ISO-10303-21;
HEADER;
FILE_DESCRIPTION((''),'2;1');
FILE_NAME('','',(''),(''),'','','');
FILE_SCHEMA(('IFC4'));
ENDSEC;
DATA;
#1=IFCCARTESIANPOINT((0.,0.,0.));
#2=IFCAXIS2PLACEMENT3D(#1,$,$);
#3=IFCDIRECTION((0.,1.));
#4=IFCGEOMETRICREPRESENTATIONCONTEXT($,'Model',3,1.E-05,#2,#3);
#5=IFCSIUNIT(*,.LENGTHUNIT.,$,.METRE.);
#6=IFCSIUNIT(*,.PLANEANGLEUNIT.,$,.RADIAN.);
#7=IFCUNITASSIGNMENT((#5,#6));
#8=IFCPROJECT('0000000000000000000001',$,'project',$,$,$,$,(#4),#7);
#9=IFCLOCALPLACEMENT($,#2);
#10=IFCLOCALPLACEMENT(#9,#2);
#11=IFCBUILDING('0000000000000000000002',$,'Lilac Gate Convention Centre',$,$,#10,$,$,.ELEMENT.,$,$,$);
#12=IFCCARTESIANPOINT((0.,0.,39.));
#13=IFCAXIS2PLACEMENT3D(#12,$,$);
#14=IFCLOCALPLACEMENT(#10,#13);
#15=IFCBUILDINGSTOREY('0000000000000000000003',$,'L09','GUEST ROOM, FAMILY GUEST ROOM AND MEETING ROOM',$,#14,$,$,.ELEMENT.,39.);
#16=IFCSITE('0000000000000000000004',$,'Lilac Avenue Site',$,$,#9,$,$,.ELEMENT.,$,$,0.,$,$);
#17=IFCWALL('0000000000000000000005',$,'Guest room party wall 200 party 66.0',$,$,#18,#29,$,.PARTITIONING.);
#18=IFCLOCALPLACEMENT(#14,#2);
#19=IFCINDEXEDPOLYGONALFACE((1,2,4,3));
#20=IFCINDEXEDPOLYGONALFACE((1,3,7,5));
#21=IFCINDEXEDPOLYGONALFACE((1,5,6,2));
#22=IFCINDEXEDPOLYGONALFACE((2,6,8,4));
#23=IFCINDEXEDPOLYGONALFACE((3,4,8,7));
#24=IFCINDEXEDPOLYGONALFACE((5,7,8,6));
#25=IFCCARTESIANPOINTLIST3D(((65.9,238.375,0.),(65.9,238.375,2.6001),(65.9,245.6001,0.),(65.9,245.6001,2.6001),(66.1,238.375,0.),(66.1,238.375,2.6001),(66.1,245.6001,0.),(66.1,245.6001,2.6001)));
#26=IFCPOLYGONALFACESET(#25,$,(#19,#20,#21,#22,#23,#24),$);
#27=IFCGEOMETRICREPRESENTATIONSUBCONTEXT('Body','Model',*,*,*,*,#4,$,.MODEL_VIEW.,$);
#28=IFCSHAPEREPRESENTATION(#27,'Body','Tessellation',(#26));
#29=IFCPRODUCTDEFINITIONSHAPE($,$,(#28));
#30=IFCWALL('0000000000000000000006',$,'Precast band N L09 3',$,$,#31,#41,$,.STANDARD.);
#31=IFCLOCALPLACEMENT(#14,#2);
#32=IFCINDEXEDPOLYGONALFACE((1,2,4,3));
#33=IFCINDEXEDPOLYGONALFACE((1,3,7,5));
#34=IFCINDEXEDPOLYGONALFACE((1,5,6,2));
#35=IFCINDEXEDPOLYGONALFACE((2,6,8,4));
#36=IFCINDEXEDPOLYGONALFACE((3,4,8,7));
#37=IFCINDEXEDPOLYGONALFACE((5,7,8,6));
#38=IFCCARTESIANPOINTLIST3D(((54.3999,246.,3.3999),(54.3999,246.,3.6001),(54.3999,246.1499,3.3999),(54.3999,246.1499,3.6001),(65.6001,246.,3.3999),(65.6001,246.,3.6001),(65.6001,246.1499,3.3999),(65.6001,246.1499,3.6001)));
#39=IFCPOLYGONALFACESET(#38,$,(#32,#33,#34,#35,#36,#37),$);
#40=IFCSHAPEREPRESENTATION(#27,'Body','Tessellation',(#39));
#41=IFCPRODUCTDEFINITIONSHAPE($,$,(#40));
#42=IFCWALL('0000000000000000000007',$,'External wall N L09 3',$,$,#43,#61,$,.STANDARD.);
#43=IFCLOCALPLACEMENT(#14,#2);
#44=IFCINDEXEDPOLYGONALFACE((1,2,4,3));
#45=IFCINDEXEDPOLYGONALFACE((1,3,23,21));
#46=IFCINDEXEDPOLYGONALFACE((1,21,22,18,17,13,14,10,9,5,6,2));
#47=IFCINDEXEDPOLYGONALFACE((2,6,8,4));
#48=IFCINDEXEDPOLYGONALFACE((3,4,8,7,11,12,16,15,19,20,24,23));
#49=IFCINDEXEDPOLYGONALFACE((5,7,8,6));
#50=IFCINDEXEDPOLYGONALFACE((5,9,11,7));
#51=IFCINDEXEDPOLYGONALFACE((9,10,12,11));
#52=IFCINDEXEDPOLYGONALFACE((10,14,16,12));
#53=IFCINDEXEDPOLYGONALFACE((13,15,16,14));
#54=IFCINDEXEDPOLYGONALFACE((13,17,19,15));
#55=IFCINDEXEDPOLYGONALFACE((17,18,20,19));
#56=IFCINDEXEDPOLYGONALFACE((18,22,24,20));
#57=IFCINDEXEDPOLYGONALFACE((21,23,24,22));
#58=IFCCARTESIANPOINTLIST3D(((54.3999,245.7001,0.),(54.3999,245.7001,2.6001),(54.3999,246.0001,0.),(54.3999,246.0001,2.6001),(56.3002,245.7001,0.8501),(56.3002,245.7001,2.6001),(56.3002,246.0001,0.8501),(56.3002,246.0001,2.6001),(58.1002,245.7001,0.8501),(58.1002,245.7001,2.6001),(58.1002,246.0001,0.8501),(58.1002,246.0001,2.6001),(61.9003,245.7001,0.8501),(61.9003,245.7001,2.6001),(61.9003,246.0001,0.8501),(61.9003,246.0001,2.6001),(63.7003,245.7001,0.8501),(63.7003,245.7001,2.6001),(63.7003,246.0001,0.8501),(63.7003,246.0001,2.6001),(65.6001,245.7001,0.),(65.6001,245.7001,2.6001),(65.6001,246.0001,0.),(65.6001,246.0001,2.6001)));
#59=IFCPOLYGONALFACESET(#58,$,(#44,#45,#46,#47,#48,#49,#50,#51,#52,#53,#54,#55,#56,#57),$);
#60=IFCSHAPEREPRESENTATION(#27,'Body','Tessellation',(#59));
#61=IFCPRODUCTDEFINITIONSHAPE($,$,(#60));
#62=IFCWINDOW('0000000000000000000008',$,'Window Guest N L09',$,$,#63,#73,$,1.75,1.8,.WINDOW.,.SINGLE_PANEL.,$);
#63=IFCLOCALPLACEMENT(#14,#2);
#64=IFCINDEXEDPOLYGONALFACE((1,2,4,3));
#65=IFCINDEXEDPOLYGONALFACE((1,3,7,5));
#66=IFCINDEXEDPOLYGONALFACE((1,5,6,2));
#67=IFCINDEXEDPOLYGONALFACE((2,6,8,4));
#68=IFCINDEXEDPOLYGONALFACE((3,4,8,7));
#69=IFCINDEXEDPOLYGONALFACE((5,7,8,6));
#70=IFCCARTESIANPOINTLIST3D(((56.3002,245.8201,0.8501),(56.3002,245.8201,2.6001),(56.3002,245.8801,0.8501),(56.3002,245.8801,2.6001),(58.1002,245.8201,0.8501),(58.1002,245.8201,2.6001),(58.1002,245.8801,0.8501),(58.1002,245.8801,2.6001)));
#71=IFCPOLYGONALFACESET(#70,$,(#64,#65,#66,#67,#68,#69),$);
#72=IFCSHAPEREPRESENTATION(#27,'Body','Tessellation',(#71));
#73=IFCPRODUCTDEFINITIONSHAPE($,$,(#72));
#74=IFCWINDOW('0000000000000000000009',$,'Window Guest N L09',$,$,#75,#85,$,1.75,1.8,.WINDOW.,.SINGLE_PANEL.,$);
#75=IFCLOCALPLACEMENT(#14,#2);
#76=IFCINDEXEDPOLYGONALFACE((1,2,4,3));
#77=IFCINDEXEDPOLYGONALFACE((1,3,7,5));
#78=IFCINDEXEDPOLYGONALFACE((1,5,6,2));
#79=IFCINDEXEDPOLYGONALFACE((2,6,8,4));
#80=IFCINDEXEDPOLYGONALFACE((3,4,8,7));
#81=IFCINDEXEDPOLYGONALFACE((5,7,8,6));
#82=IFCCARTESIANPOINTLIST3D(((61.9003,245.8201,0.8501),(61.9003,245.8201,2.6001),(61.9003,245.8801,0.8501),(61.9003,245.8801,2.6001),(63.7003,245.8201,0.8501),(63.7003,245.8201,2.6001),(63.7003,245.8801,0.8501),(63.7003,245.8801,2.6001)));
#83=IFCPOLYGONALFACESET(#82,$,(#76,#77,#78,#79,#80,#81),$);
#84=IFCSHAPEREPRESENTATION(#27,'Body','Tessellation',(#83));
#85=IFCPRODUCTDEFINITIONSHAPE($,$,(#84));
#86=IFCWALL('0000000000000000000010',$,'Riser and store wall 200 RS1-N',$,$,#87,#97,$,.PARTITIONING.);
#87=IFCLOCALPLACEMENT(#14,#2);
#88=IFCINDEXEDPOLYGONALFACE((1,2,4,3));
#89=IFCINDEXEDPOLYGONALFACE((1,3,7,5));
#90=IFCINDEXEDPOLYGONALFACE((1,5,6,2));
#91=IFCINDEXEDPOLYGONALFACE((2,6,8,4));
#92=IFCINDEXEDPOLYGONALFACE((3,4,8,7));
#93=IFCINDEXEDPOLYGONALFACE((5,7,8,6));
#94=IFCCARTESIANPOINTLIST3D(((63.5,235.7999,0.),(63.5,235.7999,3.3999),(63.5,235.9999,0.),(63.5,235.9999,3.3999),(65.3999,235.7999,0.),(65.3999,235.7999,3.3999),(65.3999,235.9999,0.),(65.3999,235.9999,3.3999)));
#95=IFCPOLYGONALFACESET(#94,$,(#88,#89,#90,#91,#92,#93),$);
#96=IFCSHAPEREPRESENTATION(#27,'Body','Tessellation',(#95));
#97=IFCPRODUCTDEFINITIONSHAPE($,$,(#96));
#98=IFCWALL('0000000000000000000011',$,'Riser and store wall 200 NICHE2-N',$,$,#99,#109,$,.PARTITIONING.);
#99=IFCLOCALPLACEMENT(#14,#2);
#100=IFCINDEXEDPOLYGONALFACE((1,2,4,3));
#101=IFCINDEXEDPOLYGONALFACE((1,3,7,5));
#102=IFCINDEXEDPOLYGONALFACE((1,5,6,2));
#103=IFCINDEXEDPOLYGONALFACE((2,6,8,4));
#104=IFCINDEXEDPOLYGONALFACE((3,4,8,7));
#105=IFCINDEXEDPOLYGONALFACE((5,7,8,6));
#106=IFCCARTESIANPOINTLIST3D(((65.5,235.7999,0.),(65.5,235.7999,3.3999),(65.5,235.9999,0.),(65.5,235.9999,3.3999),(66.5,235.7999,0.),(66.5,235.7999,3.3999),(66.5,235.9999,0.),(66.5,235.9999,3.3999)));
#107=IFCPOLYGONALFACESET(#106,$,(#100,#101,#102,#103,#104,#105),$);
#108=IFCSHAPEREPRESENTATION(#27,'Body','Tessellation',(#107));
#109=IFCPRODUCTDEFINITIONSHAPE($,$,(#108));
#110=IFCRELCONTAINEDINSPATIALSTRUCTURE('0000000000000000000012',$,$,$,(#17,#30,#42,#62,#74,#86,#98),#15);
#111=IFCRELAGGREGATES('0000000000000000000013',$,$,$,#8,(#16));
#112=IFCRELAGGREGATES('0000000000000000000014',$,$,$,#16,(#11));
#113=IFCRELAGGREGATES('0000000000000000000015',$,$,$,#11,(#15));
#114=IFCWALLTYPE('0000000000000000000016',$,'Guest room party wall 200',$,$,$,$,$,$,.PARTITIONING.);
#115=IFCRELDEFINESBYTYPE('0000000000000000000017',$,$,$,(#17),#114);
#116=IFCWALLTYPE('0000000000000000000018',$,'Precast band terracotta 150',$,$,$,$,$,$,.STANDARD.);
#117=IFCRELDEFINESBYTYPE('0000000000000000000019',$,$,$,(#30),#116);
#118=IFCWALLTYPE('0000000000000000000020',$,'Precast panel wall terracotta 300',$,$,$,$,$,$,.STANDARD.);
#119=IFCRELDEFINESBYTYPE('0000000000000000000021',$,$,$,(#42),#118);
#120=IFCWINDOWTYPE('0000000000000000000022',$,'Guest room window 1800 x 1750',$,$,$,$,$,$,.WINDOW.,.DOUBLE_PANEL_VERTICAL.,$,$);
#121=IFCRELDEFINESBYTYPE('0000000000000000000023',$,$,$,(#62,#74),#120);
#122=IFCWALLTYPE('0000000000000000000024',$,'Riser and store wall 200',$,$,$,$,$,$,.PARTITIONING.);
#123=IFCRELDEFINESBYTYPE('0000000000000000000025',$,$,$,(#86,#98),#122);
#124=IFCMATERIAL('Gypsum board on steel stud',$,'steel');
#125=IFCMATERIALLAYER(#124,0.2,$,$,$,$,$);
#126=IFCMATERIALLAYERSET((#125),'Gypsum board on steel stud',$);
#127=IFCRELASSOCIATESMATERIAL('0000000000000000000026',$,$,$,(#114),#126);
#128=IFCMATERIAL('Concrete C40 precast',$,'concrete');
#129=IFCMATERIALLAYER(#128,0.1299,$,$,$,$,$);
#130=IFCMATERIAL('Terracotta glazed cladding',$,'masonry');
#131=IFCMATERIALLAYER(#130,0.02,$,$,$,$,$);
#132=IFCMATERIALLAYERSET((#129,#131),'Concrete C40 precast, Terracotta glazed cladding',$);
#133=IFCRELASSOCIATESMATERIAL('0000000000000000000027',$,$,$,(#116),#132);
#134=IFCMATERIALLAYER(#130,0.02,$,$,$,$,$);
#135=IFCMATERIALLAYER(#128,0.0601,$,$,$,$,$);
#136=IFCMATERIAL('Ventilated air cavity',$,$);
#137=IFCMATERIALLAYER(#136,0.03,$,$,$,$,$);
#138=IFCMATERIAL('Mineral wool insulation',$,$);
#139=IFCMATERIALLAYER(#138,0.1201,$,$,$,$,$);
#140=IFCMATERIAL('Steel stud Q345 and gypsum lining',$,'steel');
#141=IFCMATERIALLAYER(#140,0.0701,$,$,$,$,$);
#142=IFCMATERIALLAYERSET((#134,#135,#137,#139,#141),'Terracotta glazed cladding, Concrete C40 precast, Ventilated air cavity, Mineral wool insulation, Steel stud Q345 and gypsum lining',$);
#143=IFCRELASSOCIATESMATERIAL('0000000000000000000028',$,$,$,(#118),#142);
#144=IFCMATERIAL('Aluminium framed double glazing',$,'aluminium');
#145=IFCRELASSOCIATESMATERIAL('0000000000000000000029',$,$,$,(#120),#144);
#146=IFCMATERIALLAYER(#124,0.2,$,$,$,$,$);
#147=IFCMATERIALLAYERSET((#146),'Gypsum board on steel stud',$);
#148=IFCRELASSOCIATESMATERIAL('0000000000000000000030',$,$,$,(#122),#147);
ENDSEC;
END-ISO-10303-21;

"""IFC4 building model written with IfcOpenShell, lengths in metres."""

from ifc_helpers import new_model, si_unit, direction, frame, frame_2d, origin, place, context, subcontext, project, spatial, rectangle, extrude, material, layer, layer_set, type_object, element, fill, save


model = new_model("IFC4")

# Units and contexts
model_context = context("Model", 3, precision=1e-05, world=origin(), true_north=direction((0.0, 1.0)))
body_context = subcontext(model_context, "Body", "Model", "MODEL_VIEW")
ifc_project = project(units=[si_unit("LENGTHUNIT", "METRE"), si_unit("PLANEANGLEUNIT", "RADIAN")], contexts=[model_context])

# Site, building, storey
site_placement = place(None, origin())
site = spatial("IfcSite", under=ifc_project, at=site_placement, Name="Lilac Avenue Site", CompositionType="ELEMENT", RefElevation=0.0)
building_placement = place(site_placement, origin())
building = spatial("IfcBuilding", under=site, at=building_placement, Name="Lilac Gate Convention Centre", CompositionType="ELEMENT")
storey_placement = place(building_placement, frame((0.0, 0.0, 39.0)))
storey = spatial("IfcBuildingStorey", under=building, at=storey_placement, Name="L09", Description="GUEST ROOM, FAMILY GUEST ROOM AND MEETING ROOM", CompositionType="ELEMENT", Elevation=39.0)

# Shared definitions
ifc_material_1 = material(Name="Gypsum board on steel stud", Category="steel")

# Walls
ifc_layer_1 = layer(ifc_material_1, 0.2)
ifc_layer_set_1 = layer_set([ifc_layer_1], Name="Gypsum board on steel stud")
wall_type_1 = type_object("IfcWallType", Name="Guest room party wall 200", PredefinedType="PARTITIONING", material=ifc_layer_set_1)
wall_1_placement = place(storey_placement, frame((66.0, 245.6001, 0.0), z_axis=(0.0, 0.0, 1.0), x_axis=(0.0, -1.0, 0.0)))
element("IfcWall", 1, at=wall_1_placement, inside=storey, type_object=wall_type_1, Name="Guest room party wall 200 party 66.0", PredefinedType="PARTITIONING", context=body_context, shape_type="SweptSolid", body=[
    extrude(rectangle(XDim=7.2251, YDim=0.2, at=frame_2d((3.6125, 0.0))), origin(), (0.0, 0.0, 1.0), 2.6001),
])
ifc_material_2 = material(Name="Concrete C40 precast", Category="concrete")
ifc_layer_2 = layer(ifc_material_2, 0.1299)
ifc_material_3 = material(Name="Terracotta glazed cladding", Category="masonry")
ifc_layer_3 = layer(ifc_material_3, 0.02)
ifc_layer_set_2 = layer_set([ifc_layer_2, ifc_layer_3], Name="Concrete C40 precast, Terracotta glazed cladding")
wall_type_2 = type_object("IfcWallType", Name="Precast band terracotta 150", PredefinedType="STANDARD", material=ifc_layer_set_2)
wall_2_placement = place(storey_placement, frame((65.6001, 246.075, 3.3999), z_axis=(0.0, 0.0, 1.0), x_axis=(-1.0, 0.0, 0.0)))
element("IfcWall", 2, at=wall_2_placement, inside=storey, type_object=wall_type_2, Name="Precast band N L09 3", PredefinedType="STANDARD", context=body_context, shape_type="SweptSolid", body=[
    extrude(rectangle(XDim=11.2002, YDim=0.1499, at=frame_2d((5.6001, 0.0))), origin(), (0.0, 0.0, 1.0), 0.2002),
])

# Wall, openings, windows
ifc_layer_4 = layer(ifc_material_3, 0.02)
ifc_layer_5 = layer(ifc_material_2, 0.0601)
ifc_material_4 = material(Name="Ventilated air cavity")
ifc_layer_6 = layer(ifc_material_4, 0.03)
ifc_material_5 = material(Name="Mineral wool insulation")
ifc_layer_7 = layer(ifc_material_5, 0.1201)
ifc_material_6 = material(Name="Steel stud Q345 and gypsum lining", Category="steel")
ifc_layer_8 = layer(ifc_material_6, 0.0701)
ifc_layer_set_3 = layer_set([ifc_layer_4, ifc_layer_5, ifc_layer_6, ifc_layer_7, ifc_layer_8], Name="Terracotta glazed cladding, Concrete C40 precast, Ventilated air cavity, Mineral wool insulation, Steel stud Q345 and gypsum lining")
wall_type_3 = type_object("IfcWallType", Name="Precast panel wall terracotta 300", PredefinedType="STANDARD", material=ifc_layer_set_3)
wall_3_placement = place(storey_placement, frame((65.6001, 245.8501, 0.0), z_axis=(0.0, 0.0, 1.0), x_axis=(-1.0, 0.0, 0.0)))
wall_3 = element("IfcWall", 3, at=wall_3_placement, inside=storey, type_object=wall_type_3, Name="External wall N L09 3", PredefinedType="STANDARD", context=body_context, shape_type="SweptSolid", body=[
    extrude(rectangle(XDim=11.2002, YDim=0.3, at=frame_2d((5.6001, 0.0))), origin(), (0.0, 0.0, 1.0), 2.6001),
])
opening_1_placement = place(wall_3_placement, frame((7.5, 0.0, 0.8501)))
opening_1 = element("IfcOpeningElement", 4, at=opening_1_placement, cuts=wall_3, PredefinedType="OPENING", context=body_context, shape_type="SweptSolid", body=[
    extrude(rectangle(XDim=1.8, YDim=1.75, at=frame_2d((0.8999, 0.875))), frame((0.0, 0.1599, 0.0), z_axis=(0.0, -1.0, 0.0), x_axis=(1.0, 0.0, 0.0)), (0.0, 0.0, 1.0), 0.3201),
])
opening_2_placement = place(wall_3_placement, frame((1.8999, 0.0, 0.8501)))
opening_2 = element("IfcOpeningElement", 5, at=opening_2_placement, cuts=wall_3, PredefinedType="OPENING", context=body_context, shape_type="SweptSolid", body=[
    extrude(rectangle(XDim=1.8, YDim=1.75, at=frame_2d((0.8999, 0.875))), frame((0.0, 0.1599, 0.0), z_axis=(0.0, -1.0, 0.0), x_axis=(1.0, 0.0, 0.0)), (0.0, 0.0, 1.0), 0.3201),
])
ifc_material_7 = material(Name="Aluminium framed double glazing", Category="aluminium")
window_type = type_object("IfcWindowType", Name="Guest room window 1800 x 1750", PartitioningType="DOUBLE_PANEL_VERTICAL", PredefinedType="WINDOW", material=ifc_material_7)
window_1_placement = place(opening_1_placement, origin())
window_1 = element("IfcWindow", 6, at=window_1_placement, inside=storey, type_object=window_type, Name="Window Guest N L09", OverallHeight=1.75, OverallWidth=1.8, PartitioningType="SINGLE_PANEL", PredefinedType="WINDOW", context=body_context, shape_type="SweptSolid", body=[
    extrude(rectangle(XDim=1.8, YDim=1.75, at=frame_2d((0.8999, 0.875))), frame((0.0, 0.03, 0.0), z_axis=(0.0, -1.0, 0.0), x_axis=(1.0, 0.0, 0.0)), (0.0, 0.0, 1.0), 0.0601),
])
fill(opening_1, window_1)
window_2_placement = place(opening_2_placement, origin())
window_2 = element("IfcWindow", 7, at=window_2_placement, inside=storey, type_object=window_type, Name="Window Guest N L09", OverallHeight=1.75, OverallWidth=1.8, PartitioningType="SINGLE_PANEL", PredefinedType="WINDOW", context=body_context, shape_type="SweptSolid", body=[
    extrude(rectangle(XDim=1.8, YDim=1.75, at=frame_2d((0.8999, 0.875))), frame((0.0, 0.03, 0.0), z_axis=(0.0, -1.0, 0.0), x_axis=(1.0, 0.0, 0.0)), (0.0, 0.0, 1.0), 0.0601),
])
fill(opening_2, window_2)

# Walls
ifc_layer_9 = layer(ifc_material_1, 0.2)
ifc_layer_set_4 = layer_set([ifc_layer_9], Name="Gypsum board on steel stud")
wall_type_4 = type_object("IfcWallType", Name="Riser and store wall 200", PredefinedType="PARTITIONING", material=ifc_layer_set_4)
wall_4_placement = place(storey_placement, frame((63.5, 235.8999, 0.0), z_axis=(0.0, 0.0, 1.0), x_axis=(1.0, 0.0, 0.0)))
element("IfcWall", 8, at=wall_4_placement, inside=storey, type_object=wall_type_4, Name="Riser and store wall 200 RS1-N", PredefinedType="PARTITIONING", context=body_context, shape_type="SweptSolid", body=[
    extrude(rectangle(XDim=1.8999, YDim=0.2, at=frame_2d((0.95, 0.0))), origin(), (0.0, 0.0, 1.0), 3.3999),
])
wall_5_placement = place(storey_placement, frame((65.5, 235.8999, 0.0), z_axis=(0.0, 0.0, 1.0), x_axis=(1.0, 0.0, 0.0)))
element("IfcWall", 9, at=wall_5_placement, inside=storey, type_object=wall_type_4, Name="Riser and store wall 200 NICHE2-N", PredefinedType="PARTITIONING", context=body_context, shape_type="SweptSolid", body=[
    extrude(rectangle(XDim=1.0, YDim=0.2, at=frame_2d((0.5, 0.0))), origin(), (0.0, 0.0, 1.0), 3.3999),
])

save(model, "model.ifc")
